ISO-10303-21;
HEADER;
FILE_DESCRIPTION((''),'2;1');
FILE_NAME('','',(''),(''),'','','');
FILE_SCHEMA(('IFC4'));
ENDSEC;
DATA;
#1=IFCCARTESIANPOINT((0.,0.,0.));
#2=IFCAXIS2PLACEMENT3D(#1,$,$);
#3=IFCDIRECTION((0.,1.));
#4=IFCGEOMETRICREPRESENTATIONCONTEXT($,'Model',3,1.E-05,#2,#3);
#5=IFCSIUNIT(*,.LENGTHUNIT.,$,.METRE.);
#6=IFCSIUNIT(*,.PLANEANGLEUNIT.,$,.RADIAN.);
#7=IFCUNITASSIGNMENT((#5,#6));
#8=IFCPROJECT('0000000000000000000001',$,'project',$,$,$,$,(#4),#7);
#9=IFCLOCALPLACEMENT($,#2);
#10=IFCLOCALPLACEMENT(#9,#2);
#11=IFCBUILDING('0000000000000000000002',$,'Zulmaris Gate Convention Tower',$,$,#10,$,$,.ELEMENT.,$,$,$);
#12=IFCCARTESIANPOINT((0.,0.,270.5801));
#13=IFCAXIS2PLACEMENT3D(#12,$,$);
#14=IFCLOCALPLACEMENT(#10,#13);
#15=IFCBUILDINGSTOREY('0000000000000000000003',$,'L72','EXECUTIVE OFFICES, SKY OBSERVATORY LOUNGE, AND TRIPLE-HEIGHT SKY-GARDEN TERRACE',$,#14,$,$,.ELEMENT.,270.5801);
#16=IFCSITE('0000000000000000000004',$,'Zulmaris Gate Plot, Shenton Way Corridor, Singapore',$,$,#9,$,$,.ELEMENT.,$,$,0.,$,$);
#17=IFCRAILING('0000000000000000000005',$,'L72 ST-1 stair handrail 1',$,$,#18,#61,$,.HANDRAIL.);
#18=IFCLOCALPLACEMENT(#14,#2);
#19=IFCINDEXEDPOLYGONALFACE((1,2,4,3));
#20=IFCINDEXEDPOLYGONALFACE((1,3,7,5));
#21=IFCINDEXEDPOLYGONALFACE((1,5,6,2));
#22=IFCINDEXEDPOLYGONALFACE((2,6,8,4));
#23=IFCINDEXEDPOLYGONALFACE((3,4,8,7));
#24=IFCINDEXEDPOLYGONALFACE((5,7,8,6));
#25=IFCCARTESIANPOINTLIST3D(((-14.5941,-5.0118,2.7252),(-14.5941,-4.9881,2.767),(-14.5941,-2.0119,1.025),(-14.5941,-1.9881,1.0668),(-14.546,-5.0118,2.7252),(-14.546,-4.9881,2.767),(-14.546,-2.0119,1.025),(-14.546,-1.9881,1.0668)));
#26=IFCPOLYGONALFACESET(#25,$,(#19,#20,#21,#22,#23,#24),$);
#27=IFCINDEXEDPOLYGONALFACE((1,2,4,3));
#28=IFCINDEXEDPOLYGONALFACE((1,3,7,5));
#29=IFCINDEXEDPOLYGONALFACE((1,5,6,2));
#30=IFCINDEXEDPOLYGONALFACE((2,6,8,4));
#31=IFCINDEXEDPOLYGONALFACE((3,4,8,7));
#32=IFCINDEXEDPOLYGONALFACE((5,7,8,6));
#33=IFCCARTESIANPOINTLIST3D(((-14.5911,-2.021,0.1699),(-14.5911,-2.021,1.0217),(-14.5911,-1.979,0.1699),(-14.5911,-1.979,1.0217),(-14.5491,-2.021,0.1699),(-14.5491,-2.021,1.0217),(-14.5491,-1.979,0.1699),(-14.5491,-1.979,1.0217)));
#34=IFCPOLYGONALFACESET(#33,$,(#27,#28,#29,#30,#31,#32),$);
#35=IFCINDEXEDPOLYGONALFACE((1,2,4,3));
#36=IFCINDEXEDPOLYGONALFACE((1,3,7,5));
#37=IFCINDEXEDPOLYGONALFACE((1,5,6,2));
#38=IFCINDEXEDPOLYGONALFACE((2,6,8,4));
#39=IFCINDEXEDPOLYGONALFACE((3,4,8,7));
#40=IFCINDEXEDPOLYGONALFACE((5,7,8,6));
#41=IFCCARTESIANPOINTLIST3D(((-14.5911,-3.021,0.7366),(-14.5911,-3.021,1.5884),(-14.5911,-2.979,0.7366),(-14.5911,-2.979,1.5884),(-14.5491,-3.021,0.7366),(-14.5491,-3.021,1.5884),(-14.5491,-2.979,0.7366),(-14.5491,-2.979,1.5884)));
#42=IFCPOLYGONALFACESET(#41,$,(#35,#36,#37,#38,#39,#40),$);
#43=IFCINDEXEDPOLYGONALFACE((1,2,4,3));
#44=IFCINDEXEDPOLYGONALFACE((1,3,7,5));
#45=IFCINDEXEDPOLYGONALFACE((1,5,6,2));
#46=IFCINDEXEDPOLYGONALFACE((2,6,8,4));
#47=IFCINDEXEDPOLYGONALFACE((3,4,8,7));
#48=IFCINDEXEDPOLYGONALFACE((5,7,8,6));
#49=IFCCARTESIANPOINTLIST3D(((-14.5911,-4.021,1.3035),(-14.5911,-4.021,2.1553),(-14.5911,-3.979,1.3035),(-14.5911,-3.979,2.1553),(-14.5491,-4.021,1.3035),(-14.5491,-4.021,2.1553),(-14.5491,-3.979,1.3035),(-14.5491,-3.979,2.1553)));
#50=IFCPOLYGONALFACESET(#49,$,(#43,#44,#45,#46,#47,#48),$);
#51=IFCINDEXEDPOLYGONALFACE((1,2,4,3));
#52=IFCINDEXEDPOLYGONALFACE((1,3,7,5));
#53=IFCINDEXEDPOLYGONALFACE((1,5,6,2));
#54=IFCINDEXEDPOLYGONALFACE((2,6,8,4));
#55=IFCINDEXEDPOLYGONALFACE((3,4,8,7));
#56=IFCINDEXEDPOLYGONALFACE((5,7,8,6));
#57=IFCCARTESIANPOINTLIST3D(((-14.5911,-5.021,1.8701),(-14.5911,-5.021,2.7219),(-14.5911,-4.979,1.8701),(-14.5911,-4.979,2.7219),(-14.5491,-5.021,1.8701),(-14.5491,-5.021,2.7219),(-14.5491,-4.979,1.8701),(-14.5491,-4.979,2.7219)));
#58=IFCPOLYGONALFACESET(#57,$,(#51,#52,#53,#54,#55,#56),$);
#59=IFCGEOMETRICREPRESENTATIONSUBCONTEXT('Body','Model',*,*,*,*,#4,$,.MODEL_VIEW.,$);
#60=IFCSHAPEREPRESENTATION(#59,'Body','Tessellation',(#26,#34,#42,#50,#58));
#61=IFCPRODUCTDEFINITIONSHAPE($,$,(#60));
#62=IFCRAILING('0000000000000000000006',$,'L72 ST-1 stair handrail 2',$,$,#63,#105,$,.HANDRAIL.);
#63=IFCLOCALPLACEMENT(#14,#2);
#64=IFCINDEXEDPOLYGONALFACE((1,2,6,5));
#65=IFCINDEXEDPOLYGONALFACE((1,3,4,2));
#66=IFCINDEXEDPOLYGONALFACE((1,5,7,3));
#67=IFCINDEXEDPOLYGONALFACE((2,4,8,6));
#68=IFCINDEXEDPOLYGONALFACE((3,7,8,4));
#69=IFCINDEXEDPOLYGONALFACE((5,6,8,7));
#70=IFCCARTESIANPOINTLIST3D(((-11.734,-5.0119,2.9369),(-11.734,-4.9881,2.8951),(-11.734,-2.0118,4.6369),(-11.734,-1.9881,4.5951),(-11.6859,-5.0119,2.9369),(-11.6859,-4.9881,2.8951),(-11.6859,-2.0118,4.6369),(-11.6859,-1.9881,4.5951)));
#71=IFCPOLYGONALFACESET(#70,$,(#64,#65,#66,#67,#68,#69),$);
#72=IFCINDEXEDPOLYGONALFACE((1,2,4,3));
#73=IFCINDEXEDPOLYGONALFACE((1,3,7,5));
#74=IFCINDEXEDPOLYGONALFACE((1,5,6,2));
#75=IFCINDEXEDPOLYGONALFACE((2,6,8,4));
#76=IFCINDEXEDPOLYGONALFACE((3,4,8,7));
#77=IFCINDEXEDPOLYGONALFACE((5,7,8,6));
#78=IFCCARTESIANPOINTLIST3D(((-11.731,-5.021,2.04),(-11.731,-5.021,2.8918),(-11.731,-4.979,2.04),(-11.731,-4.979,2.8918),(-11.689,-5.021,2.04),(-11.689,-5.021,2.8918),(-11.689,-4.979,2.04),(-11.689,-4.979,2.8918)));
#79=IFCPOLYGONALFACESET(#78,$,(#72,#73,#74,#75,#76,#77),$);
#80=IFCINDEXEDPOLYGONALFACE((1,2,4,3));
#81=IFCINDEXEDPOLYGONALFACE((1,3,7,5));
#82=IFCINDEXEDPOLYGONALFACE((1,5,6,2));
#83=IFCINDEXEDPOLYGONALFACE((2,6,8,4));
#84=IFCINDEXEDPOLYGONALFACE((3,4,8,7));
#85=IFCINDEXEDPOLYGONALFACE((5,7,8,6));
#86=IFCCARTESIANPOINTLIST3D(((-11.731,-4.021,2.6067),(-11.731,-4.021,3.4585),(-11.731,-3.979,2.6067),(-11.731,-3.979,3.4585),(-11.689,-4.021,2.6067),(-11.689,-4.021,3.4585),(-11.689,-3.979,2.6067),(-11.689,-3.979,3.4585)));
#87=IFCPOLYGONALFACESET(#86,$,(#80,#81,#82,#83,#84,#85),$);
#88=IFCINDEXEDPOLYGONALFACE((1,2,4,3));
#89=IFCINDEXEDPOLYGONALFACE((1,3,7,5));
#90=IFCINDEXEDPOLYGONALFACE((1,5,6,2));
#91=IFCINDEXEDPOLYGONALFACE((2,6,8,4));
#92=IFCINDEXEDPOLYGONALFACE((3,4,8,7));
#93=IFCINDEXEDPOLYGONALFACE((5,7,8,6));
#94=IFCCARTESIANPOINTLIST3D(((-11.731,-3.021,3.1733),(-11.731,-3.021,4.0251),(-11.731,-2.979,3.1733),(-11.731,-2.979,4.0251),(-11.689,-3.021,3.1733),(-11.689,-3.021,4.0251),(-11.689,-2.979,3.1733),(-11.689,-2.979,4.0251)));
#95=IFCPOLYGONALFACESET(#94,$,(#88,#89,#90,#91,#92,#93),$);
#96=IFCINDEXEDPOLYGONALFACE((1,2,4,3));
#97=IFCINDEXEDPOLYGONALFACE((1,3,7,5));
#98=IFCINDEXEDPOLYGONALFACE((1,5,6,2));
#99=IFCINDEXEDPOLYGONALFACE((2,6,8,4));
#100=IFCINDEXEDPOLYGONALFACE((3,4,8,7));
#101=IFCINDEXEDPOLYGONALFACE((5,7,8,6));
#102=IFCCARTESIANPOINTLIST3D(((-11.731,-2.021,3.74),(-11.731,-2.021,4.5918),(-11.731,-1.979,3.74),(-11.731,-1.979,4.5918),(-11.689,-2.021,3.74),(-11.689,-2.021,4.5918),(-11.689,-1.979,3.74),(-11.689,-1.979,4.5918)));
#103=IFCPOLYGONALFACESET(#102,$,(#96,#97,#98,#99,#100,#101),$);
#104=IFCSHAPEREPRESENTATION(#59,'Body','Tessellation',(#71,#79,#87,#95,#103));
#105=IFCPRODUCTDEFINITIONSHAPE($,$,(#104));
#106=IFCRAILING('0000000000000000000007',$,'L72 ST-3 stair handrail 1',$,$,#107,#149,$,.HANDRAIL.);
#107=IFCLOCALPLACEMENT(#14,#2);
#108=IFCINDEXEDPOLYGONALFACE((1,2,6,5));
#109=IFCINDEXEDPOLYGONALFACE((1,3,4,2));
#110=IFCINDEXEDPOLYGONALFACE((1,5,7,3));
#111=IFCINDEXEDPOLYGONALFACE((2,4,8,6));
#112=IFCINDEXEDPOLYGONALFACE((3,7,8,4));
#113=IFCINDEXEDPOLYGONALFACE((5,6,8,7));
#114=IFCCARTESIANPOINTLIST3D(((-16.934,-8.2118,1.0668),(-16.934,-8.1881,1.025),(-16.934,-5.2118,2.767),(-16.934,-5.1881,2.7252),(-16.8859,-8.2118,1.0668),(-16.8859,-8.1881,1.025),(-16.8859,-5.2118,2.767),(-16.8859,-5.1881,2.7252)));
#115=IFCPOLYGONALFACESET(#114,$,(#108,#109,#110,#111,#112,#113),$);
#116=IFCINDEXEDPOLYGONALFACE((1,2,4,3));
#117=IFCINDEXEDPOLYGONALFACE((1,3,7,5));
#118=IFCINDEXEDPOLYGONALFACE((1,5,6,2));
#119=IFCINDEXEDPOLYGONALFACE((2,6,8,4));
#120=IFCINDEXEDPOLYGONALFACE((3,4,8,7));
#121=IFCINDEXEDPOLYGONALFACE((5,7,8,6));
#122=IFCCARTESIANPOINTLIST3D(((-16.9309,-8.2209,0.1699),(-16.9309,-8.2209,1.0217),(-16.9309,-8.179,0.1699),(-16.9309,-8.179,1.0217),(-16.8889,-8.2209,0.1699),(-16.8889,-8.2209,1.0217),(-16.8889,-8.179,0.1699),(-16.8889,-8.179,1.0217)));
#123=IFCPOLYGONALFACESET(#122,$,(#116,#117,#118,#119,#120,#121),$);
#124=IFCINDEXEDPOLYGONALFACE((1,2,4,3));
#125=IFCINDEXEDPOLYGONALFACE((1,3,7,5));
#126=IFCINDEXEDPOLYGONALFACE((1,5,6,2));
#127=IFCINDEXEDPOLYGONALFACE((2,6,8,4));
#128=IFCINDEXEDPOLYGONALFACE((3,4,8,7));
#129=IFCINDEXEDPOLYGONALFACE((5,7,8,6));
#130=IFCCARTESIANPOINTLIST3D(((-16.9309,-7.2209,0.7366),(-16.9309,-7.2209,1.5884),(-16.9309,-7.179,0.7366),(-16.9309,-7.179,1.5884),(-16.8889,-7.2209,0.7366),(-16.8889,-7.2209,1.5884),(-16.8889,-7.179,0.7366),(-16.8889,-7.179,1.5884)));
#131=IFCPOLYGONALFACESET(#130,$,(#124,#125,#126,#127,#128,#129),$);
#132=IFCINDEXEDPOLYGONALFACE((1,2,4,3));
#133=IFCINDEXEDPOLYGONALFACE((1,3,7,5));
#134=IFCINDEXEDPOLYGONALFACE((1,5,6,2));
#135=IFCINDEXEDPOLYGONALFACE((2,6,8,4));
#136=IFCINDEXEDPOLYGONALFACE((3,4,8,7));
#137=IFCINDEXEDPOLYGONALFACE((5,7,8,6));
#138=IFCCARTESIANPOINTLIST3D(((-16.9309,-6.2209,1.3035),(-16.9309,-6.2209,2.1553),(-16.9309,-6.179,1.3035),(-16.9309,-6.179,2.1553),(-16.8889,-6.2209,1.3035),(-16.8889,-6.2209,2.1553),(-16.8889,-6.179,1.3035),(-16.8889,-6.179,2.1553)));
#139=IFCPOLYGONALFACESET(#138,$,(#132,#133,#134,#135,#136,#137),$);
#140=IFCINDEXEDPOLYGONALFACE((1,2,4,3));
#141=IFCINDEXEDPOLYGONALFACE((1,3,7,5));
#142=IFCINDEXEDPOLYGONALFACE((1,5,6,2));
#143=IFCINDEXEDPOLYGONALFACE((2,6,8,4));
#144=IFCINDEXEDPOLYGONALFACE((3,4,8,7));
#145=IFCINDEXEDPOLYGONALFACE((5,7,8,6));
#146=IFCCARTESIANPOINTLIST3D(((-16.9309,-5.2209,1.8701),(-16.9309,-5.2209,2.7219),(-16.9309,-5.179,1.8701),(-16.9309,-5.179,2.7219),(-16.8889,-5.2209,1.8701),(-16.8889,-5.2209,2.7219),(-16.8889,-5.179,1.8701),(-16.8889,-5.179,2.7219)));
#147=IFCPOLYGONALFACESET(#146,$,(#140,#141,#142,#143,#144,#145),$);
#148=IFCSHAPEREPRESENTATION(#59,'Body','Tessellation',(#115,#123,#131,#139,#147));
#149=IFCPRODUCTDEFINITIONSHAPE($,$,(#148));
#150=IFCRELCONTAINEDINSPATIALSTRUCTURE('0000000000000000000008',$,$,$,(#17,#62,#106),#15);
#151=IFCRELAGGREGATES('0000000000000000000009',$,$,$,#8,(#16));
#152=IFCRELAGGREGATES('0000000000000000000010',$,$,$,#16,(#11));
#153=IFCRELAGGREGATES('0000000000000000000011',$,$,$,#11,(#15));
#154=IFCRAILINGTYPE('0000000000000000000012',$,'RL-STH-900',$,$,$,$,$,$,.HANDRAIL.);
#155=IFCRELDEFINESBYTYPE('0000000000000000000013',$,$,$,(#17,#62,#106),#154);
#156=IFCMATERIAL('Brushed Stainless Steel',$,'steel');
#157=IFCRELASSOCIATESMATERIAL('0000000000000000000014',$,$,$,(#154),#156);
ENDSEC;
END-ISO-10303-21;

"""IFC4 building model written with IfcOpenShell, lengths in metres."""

from ifc_helpers import new_model, si_unit, direction, frame, origin, origin_2d, place, context, subcontext, project, spatial, rectangle, extrude, material, type_object, element, save


model = new_model("IFC4")

# Units and contexts
model_context = context("Model", 3, precision=1e-05, world=origin(), true_north=direction((0.0, 1.0)))
body_context = subcontext(model_context, "Body", "Model", "MODEL_VIEW")
ifc_project = project(units=[si_unit("LENGTHUNIT", "METRE"), si_unit("PLANEANGLEUNIT", "RADIAN")], contexts=[model_context])

# Site, building, storey
site_placement = place(None, origin())
site = spatial("IfcSite", under=ifc_project, at=site_placement, Name="Zulmaris Gate Plot, Shenton Way Corridor, Singapore", CompositionType="ELEMENT", RefElevation=0.0)
building_placement = place(site_placement, origin())
building = spatial("IfcBuilding", under=site, at=building_placement, Name="Zulmaris Gate Convention Tower", CompositionType="ELEMENT")
storey_placement = place(building_placement, frame((0.0, 0.0, 270.5801)))
storey = spatial("IfcBuildingStorey", under=building, at=storey_placement, Name="L72", Description="EXECUTIVE OFFICES, SKY OBSERVATORY LOUNGE, AND TRIPLE-HEIGHT SKY-GARDEN TERRACE", CompositionType="ELEMENT", Elevation=270.5801)

# Shared definitions
ifc_material_1 = material(Name="Brushed Stainless Steel", Category="steel")

# Railings
railing_type_1 = type_object("IfcRailingType", Name="RL-STH-900", PredefinedType="HANDRAIL", material=ifc_material_1)
railing_1_placement = place(storey_placement, frame((-14.5701, -2.0, 0.1699)))
element("IfcRailing", 1, at=railing_1_placement, inside=storey, type_object=railing_type_1, Name="L72 ST-1 stair handrail 1", PredefinedType="HANDRAIL", context=body_context, shape_type="SweptSolid", body=[
    extrude(rectangle(XDim=0.0481, YDim=0.0481, at=origin_2d()), frame((0.0, 0.0, 0.876), z_axis=(0.0, -0.869998, 0.493055), x_axis=(1.0, 0.0, 0.0)), (0.0, 0.0, 1.0), 3.4482),
    extrude(rectangle(XDim=0.042, YDim=0.042, at=origin_2d()), origin(), (0.0, 0.0, 1.0), 0.8518),
    extrude(rectangle(XDim=0.042, YDim=0.042, at=origin_2d()), frame((0.0, -1.0, 0.5667)), (0.0, 0.0, 1.0), 0.8518),
    extrude(rectangle(XDim=0.042, YDim=0.042, at=origin_2d()), frame((0.0, -2.0, 1.1335)), (0.0, 0.0, 1.0), 0.8518),
    extrude(rectangle(XDim=0.042, YDim=0.042, at=origin_2d()), frame((0.0, -3.0, 1.7002)), (0.0, 0.0, 1.0), 0.8518),
])
railing_2_placement = place(storey_placement, frame((-11.71, -5.0, 2.04)))
element("IfcRailing", 2, at=railing_2_placement, inside=storey, type_object=railing_type_1, Name="L72 ST-1 stair handrail 2", PredefinedType="HANDRAIL", context=body_context, shape_type="SweptSolid", body=[
    extrude(rectangle(XDim=0.0481, YDim=0.0481, at=origin_2d()), frame((0.0, 0.0, 0.876), z_axis=(0.0, 0.870028, 0.493002), x_axis=(-1.0, 0.0, 0.0)), (0.0, 0.0, 1.0), 3.4482),
    extrude(rectangle(XDim=0.042, YDim=0.042, at=origin_2d()), origin(), (0.0, 0.0, 1.0), 0.8518),
    extrude(rectangle(XDim=0.042, YDim=0.042, at=origin_2d()), frame((0.0, 1.0, 0.5667)), (0.0, 0.0, 1.0), 0.8518),
    extrude(rectangle(XDim=0.042, YDim=0.042, at=origin_2d()), frame((0.0, 2.0, 1.1333)), (0.0, 0.0, 1.0), 0.8518),
    extrude(rectangle(XDim=0.042, YDim=0.042, at=origin_2d()), frame((0.0, 3.0, 1.7)), (0.0, 0.0, 1.0), 0.8518),
])
railing_3_placement = place(storey_placement, frame((-16.9099, -8.2, 0.1699)))
element("IfcRailing", 3, at=railing_3_placement, inside=storey, type_object=railing_type_1, Name="L72 ST-3 stair handrail 1", PredefinedType="HANDRAIL", context=body_context, shape_type="SweptSolid", body=[
    extrude(rectangle(XDim=0.0481, YDim=0.0481, at=origin_2d()), frame((0.0, 0.0, 0.876), z_axis=(0.0, 0.869998, 0.493055), x_axis=(-1.0, 0.0, 0.0)), (0.0, 0.0, 1.0), 3.4482),
    extrude(rectangle(XDim=0.042, YDim=0.042, at=origin_2d()), origin(), (0.0, 0.0, 1.0), 0.8518),
    extrude(rectangle(XDim=0.042, YDim=0.042, at=origin_2d()), frame((0.0, 1.0, 0.5667)), (0.0, 0.0, 1.0), 0.8518),
    extrude(rectangle(XDim=0.042, YDim=0.042, at=origin_2d()), frame((0.0, 2.0, 1.1335)), (0.0, 0.0, 1.0), 0.8518),
    extrude(rectangle(XDim=0.042, YDim=0.042, at=origin_2d()), frame((0.0, 3.0, 1.7002)), (0.0, 0.0, 1.0), 0.8518),
])

save(model, "model.ifc")
